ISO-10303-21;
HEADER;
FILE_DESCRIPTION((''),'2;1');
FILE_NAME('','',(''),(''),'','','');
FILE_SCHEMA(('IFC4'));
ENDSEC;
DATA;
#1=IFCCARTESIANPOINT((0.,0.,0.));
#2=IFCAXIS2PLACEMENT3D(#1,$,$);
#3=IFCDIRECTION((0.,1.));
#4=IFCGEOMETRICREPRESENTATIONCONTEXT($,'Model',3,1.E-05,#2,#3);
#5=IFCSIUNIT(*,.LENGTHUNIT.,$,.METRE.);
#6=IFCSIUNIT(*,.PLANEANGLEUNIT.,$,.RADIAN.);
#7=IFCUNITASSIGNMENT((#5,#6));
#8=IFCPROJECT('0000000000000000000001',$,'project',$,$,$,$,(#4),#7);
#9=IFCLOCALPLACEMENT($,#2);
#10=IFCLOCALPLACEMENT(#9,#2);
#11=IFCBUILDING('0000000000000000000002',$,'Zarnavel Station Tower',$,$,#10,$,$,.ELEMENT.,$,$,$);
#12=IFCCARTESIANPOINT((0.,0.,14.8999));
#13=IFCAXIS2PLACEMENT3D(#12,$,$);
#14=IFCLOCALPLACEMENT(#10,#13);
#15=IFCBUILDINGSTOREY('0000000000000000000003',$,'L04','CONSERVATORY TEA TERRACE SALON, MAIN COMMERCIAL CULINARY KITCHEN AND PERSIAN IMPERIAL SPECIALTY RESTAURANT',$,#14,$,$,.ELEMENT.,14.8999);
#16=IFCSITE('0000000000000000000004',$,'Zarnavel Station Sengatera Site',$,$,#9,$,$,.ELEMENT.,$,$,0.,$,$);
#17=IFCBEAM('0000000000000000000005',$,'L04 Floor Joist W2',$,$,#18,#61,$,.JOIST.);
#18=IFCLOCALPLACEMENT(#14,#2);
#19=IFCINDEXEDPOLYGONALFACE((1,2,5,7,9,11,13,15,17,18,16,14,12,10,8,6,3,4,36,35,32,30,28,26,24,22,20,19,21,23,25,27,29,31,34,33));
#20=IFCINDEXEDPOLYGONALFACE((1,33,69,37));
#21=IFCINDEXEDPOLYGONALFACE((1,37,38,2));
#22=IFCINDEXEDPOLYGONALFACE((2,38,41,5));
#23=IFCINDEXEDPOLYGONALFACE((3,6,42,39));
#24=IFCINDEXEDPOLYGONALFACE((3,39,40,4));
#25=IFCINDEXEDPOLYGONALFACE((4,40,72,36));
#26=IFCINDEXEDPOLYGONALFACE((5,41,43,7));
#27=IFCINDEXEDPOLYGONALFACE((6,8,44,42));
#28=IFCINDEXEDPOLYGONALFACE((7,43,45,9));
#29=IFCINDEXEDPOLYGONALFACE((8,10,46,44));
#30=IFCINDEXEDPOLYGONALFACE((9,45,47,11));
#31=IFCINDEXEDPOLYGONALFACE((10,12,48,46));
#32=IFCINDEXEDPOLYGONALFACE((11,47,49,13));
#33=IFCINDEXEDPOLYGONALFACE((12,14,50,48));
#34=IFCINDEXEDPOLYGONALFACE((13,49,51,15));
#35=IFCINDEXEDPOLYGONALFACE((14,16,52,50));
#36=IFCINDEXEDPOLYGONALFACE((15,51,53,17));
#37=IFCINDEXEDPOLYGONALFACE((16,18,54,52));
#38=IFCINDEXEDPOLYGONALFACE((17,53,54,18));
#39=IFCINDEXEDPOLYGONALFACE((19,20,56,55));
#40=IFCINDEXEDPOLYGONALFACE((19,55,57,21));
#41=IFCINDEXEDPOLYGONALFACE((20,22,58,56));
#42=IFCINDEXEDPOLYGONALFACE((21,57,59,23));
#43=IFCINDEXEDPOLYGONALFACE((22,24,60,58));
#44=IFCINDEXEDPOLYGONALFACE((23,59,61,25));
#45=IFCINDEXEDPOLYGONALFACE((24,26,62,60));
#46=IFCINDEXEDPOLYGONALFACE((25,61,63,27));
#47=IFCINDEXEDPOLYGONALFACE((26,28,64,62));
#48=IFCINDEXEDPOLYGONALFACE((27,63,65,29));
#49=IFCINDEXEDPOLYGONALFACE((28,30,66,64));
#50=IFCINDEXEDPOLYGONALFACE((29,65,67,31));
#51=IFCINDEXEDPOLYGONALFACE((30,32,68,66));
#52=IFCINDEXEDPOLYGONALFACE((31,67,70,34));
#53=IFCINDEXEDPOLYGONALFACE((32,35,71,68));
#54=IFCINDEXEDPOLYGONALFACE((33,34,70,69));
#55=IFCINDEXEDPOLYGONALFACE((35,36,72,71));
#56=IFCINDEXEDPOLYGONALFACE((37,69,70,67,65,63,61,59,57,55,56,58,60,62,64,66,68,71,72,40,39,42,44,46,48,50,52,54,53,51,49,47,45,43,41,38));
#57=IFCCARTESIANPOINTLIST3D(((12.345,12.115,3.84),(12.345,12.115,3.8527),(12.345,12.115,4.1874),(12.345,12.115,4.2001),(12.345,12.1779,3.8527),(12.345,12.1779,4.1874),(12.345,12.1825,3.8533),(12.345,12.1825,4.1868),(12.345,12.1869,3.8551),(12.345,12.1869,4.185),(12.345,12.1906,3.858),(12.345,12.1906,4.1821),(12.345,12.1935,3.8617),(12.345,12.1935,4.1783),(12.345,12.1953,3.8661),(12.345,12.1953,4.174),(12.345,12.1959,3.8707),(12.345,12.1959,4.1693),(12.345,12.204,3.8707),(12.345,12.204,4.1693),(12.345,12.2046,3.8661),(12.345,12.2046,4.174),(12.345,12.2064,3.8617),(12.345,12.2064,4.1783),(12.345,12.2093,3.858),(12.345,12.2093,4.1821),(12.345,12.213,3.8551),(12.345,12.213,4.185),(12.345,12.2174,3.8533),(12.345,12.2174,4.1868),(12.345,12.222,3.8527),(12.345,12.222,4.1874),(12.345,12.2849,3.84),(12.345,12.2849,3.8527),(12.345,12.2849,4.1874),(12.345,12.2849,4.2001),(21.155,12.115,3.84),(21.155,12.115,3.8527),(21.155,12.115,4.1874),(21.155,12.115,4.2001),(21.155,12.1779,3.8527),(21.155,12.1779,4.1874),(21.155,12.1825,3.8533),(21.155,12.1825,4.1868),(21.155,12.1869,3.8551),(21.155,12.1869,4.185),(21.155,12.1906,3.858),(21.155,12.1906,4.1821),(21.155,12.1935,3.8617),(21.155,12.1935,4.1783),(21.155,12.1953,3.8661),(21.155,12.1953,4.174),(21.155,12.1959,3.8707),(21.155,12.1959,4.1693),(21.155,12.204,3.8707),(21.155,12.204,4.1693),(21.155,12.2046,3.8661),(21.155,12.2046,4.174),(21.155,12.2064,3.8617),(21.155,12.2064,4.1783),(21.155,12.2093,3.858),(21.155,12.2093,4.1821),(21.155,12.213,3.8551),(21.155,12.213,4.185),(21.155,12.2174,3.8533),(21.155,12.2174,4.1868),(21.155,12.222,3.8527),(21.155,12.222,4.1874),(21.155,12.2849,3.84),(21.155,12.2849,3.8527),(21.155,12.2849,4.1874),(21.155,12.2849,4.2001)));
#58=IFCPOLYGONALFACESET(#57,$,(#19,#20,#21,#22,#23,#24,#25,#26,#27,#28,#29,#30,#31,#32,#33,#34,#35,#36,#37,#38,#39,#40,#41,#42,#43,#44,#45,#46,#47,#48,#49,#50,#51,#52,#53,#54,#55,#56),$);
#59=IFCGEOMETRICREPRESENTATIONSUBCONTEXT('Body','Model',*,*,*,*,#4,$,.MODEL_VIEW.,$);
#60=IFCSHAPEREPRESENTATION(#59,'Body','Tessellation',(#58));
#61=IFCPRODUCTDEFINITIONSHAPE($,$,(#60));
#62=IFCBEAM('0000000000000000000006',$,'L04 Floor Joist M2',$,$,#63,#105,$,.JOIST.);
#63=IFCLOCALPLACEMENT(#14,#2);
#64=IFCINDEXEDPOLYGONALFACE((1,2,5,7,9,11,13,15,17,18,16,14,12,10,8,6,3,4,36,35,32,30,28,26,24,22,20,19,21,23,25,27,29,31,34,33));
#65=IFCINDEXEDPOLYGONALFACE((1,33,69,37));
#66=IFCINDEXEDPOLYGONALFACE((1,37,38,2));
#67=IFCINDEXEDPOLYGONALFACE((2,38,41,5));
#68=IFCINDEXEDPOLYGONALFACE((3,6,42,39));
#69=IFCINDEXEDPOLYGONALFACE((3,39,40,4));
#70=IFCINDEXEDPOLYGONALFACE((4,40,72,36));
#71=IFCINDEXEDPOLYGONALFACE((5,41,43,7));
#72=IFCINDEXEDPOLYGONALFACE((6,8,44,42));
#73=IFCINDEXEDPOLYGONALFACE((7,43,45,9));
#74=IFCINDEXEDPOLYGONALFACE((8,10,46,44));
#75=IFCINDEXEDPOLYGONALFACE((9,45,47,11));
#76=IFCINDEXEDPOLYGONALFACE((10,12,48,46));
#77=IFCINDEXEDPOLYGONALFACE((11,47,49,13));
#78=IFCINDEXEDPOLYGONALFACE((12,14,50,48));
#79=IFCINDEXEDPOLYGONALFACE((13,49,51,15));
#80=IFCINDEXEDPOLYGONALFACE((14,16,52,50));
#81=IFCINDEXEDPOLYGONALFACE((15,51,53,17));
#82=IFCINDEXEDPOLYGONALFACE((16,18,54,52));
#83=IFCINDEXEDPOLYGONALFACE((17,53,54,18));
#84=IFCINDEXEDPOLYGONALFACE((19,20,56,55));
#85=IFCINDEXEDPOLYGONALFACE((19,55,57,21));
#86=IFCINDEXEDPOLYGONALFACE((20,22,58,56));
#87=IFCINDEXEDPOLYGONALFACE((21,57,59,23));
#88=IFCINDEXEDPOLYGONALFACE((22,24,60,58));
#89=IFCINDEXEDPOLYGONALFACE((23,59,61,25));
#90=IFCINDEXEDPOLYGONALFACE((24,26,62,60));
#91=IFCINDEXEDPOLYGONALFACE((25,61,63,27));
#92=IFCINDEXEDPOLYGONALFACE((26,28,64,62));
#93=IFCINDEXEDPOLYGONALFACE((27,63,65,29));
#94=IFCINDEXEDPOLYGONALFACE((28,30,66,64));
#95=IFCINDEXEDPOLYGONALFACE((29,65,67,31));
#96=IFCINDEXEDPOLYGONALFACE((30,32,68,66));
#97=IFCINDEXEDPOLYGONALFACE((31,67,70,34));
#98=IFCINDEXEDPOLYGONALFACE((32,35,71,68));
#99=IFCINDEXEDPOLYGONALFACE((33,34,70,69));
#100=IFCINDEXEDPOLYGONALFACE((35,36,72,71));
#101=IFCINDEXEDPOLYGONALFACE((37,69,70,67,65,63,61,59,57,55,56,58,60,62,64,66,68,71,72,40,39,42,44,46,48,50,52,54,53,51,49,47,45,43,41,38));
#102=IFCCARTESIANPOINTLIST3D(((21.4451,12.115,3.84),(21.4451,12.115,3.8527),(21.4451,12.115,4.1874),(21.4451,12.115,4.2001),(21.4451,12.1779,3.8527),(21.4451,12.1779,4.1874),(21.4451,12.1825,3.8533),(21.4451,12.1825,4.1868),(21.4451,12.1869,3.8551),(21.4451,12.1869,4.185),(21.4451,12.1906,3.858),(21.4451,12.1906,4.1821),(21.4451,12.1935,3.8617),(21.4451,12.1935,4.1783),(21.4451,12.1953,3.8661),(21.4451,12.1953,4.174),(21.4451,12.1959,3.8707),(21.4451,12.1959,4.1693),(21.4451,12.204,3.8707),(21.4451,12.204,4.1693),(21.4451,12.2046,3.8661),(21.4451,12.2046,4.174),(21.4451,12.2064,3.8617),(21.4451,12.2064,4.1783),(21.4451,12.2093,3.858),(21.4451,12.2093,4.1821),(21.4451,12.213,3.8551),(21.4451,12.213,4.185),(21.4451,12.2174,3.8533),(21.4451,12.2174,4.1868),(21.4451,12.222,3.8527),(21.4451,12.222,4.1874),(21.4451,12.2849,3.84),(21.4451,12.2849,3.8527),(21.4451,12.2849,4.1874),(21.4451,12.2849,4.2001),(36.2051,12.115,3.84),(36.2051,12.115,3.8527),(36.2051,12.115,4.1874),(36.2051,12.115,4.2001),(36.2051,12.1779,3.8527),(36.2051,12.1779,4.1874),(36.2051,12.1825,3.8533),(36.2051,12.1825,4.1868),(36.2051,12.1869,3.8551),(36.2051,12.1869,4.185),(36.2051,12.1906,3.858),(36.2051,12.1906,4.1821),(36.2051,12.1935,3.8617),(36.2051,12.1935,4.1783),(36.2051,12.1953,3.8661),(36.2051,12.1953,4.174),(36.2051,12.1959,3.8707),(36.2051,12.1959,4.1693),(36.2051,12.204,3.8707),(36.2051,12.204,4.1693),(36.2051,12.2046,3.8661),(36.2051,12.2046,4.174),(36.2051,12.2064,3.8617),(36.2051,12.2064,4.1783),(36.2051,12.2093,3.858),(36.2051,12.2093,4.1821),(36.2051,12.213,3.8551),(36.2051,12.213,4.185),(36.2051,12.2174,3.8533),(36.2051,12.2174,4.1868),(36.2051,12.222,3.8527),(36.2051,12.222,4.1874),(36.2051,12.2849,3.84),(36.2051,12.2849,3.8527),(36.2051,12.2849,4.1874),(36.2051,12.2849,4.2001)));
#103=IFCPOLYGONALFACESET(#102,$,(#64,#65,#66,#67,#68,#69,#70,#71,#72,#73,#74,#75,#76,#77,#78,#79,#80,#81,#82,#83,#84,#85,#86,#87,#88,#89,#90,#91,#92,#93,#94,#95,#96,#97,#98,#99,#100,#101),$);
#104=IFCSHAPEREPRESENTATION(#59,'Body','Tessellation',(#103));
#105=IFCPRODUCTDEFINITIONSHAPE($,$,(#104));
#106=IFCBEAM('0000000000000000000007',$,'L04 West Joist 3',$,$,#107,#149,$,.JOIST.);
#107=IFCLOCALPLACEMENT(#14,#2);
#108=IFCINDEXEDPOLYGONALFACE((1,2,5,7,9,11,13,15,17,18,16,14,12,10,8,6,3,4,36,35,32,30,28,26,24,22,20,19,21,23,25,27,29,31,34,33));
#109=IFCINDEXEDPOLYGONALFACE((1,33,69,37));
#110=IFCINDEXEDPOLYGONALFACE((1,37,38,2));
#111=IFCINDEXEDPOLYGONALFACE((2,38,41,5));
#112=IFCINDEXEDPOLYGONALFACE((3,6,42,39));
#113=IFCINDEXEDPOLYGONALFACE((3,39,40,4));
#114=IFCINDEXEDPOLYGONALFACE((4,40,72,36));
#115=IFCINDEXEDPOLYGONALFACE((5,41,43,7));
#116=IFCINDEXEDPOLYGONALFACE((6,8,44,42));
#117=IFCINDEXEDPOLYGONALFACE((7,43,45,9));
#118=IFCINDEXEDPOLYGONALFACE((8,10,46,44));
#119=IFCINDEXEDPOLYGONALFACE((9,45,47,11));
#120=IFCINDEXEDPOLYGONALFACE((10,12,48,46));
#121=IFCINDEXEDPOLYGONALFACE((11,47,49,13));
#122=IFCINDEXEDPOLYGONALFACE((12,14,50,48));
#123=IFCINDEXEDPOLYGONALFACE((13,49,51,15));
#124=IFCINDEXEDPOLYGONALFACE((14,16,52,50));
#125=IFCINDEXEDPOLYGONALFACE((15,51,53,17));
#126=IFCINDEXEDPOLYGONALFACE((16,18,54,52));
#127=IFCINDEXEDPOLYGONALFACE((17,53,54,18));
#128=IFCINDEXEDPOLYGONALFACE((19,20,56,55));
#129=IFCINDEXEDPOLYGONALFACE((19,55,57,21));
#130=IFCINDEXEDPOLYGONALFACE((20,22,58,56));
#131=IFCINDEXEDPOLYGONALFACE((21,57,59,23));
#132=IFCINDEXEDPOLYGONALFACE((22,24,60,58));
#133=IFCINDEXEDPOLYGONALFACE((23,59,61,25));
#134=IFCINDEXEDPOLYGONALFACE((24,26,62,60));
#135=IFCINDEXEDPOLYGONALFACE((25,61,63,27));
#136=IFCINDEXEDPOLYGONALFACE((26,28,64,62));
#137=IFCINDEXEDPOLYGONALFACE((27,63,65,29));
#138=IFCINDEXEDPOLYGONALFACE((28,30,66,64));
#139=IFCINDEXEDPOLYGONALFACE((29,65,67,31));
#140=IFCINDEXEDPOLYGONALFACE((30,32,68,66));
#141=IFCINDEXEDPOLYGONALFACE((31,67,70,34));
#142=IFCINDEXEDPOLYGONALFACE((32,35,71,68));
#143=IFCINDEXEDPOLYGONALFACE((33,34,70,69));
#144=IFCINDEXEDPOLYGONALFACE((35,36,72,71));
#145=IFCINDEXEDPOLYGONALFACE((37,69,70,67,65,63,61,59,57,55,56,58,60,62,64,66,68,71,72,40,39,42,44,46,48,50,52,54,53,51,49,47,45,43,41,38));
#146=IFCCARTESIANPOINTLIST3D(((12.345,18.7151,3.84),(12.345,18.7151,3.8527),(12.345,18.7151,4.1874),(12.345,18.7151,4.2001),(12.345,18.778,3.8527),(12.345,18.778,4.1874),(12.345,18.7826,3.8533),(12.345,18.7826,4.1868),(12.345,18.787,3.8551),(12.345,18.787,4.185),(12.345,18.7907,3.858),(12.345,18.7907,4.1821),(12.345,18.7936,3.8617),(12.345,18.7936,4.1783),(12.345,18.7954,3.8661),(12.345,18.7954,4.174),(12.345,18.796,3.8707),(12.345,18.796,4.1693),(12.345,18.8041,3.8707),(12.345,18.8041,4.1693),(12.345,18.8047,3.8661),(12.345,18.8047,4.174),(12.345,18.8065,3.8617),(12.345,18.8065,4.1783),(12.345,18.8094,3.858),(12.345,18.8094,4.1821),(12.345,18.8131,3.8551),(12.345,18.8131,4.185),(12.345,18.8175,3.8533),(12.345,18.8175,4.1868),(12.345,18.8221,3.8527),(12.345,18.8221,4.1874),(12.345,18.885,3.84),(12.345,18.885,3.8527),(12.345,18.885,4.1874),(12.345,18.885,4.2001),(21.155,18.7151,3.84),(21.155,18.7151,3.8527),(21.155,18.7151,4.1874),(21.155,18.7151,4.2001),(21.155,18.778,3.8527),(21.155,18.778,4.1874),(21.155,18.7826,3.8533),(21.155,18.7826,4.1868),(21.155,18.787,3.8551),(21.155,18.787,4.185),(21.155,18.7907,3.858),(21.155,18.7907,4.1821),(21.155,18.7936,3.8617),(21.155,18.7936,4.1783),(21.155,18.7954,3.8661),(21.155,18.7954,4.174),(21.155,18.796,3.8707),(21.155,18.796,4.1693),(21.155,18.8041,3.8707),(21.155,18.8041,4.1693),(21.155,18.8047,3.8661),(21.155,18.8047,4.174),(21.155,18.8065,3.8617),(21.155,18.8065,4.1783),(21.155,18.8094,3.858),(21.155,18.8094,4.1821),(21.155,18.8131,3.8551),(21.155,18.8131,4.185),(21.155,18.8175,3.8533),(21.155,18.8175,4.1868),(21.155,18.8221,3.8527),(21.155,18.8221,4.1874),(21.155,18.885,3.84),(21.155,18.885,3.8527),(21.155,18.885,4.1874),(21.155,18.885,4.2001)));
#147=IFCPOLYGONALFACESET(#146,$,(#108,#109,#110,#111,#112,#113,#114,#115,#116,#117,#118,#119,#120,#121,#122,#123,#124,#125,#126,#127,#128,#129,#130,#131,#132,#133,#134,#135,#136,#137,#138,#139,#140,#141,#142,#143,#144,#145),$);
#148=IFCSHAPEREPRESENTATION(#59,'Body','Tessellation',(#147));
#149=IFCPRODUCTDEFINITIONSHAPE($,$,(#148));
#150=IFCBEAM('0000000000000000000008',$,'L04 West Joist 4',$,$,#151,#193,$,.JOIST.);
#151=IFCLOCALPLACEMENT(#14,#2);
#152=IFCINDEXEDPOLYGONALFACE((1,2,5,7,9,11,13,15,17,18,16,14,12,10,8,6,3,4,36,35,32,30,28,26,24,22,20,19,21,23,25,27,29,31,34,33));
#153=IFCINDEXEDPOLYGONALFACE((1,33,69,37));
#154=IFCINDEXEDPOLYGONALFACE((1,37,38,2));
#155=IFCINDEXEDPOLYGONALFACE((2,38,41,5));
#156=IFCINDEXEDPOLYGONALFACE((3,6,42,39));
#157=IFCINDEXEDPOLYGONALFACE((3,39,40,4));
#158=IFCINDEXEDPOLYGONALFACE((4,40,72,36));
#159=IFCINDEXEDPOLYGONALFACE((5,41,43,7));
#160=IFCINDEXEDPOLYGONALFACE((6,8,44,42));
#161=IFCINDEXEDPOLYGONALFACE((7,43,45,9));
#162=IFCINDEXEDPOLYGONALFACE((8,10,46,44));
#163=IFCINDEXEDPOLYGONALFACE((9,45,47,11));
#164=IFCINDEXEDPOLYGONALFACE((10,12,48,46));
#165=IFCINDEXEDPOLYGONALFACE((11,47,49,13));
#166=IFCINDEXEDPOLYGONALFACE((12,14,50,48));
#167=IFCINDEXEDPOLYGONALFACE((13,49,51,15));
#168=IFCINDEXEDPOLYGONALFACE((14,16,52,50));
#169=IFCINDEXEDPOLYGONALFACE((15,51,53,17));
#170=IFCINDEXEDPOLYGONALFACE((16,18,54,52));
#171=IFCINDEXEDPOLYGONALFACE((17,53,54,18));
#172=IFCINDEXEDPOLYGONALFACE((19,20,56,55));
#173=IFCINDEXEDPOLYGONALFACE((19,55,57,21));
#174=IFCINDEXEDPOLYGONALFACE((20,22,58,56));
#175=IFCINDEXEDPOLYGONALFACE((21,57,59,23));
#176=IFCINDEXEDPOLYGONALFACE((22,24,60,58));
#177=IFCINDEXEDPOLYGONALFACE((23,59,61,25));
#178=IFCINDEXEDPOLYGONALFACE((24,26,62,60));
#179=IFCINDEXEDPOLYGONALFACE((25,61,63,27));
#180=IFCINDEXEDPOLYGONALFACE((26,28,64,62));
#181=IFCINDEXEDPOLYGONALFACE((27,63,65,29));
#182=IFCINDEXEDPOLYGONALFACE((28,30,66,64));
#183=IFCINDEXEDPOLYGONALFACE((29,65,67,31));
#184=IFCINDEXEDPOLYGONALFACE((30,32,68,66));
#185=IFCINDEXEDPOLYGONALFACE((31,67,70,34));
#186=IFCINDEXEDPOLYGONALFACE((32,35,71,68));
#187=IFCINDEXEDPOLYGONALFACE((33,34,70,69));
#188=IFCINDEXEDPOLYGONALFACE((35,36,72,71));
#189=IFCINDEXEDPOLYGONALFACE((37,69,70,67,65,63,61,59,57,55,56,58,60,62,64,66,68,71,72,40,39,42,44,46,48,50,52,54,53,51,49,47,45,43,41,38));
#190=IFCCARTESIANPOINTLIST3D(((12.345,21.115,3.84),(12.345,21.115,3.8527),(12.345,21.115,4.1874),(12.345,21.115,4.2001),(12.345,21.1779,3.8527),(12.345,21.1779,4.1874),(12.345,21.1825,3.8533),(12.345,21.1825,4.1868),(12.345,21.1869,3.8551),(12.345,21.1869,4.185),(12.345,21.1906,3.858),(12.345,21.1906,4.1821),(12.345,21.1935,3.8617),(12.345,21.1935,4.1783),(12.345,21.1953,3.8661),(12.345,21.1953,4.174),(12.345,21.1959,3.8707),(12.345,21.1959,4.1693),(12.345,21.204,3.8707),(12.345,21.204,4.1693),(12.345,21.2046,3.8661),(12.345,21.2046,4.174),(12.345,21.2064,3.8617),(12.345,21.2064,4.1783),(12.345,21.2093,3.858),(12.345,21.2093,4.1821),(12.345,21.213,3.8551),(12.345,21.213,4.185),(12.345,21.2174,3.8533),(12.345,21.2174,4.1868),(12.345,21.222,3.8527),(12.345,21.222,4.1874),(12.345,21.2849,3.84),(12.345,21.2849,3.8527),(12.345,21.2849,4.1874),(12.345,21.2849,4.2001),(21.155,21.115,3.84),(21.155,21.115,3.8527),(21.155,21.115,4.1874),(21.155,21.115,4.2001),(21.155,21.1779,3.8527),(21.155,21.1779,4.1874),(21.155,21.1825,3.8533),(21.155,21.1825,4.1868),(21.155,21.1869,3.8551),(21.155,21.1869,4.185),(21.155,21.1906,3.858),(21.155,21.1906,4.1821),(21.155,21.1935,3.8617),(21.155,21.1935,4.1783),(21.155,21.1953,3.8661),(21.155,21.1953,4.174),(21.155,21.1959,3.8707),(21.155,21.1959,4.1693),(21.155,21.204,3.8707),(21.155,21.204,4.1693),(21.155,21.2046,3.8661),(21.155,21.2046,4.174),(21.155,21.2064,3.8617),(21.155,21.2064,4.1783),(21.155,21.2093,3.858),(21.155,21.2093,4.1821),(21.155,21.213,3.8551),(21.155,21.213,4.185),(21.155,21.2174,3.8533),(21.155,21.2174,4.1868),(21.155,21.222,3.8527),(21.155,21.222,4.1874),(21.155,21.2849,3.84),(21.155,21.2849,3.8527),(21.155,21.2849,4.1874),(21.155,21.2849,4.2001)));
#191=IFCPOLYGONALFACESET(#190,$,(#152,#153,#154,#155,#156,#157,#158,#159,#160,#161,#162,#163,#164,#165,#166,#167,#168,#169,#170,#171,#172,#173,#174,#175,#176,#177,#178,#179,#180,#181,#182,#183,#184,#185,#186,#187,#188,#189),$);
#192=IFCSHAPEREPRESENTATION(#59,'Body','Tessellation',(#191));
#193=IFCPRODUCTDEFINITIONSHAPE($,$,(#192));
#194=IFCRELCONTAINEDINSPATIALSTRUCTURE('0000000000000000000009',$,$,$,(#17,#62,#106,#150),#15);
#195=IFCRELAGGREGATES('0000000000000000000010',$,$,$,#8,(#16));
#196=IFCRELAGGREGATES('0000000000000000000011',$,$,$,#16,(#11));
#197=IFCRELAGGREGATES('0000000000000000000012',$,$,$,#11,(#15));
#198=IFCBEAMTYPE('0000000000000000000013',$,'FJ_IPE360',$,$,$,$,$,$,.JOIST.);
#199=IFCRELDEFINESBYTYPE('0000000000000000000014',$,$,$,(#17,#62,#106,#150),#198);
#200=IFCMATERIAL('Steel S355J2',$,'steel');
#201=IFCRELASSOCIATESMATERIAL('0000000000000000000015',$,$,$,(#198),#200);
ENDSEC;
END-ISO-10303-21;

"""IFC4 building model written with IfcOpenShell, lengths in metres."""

from ifc_helpers import new_model, si_unit, direction, frame, origin, origin_2d, place, context, subcontext, project, spatial, i_section, extrude, material, material_profile, profile_set, type_object, element, save


model = new_model("IFC4")

# Units and contexts
model_context = context("Model", 3, precision=1e-05, world=origin(), true_north=direction((0.0, 1.0)))
body_context = subcontext(model_context, "Body", "Model", "MODEL_VIEW")
ifc_project = project(units=[si_unit("LENGTHUNIT", "METRE"), si_unit("PLANEANGLEUNIT", "RADIAN")], contexts=[model_context])

# Site, building, storey
site_placement = place(None, origin())
site = spatial("IfcSite", under=ifc_project, at=site_placement, Name="Zarnavel Station Sengatera Site", CompositionType="ELEMENT", RefElevation=0.0)
building_placement = place(site_placement, origin())
building = spatial("IfcBuilding", under=site, at=building_placement, Name="Zarnavel Station Tower", CompositionType="ELEMENT")
storey_placement = place(building_placement, frame((0.0, 0.0, 14.8999)))
storey = spatial("IfcBuildingStorey", under=building, at=storey_placement, Name="L04", Description="CONSERVATORY TEA TERRACE SALON, MAIN COMMERCIAL CULINARY KITCHEN AND PERSIAN IMPERIAL SPECIALTY RESTAURANT", CompositionType="ELEMENT", Elevation=14.8999)

# Beams
ifc_material_1 = material(Name="Steel S355J2", Category="steel")
ifc_material_profile_1 = material_profile(ifc_material_1, i_section(OverallWidth=0.1699, OverallDepth=0.3601, WebThickness=0.0081, FlangeThickness=0.0127, FilletRadius=0.0181, at=origin_2d()), Name="IPE360")
ifc_profile_set_1 = profile_set([ifc_material_profile_1], Name="Steel S355J2")
beam_type_1 = type_object("IfcBeamType", Name="FJ_IPE360", PredefinedType="JOIST", material=ifc_profile_set_1)
beam_1_placement = place(storey_placement, frame((12.345, 12.2, 4.02), z_axis=(1.0, 0.0, 0.0), x_axis=(0.0, 1.0, 0.0)))
element("IfcBeam", 1, at=beam_1_placement, inside=storey, type_object=beam_type_1, Name="L04 Floor Joist W2", PredefinedType="JOIST", context=body_context, shape_type="SweptSolid", body=[
    extrude(i_section(OverallWidth=0.1699, OverallDepth=0.3601, WebThickness=0.0081, FlangeThickness=0.0127, FilletRadius=0.0181, at=origin_2d()), origin(), (0.0, 0.0, 1.0), 8.8101),
])
beam_2_placement = place(storey_placement, frame((21.4451, 12.2, 4.02), z_axis=(1.0, 0.0, 0.0), x_axis=(0.0, 1.0, 0.0)))
element("IfcBeam", 2, at=beam_2_placement, inside=storey, type_object=beam_type_1, Name="L04 Floor Joist M2", PredefinedType="JOIST", context=body_context, shape_type="SweptSolid", body=[
    extrude(i_section(OverallWidth=0.1699, OverallDepth=0.3601, WebThickness=0.0081, FlangeThickness=0.0127, FilletRadius=0.0181, at=origin_2d()), origin(), (0.0, 0.0, 1.0), 14.76),
])
for number, where, z_axis, x_axis, name in (
    (3, (12.345, 18.8, 4.02), (1.0, 0.0, 0.0), (0.0, 1.0, 0.0), "L04 West Joist 3"),
    (4, (12.345, 21.2, 4.02), (1.0, 0.0, 0.0), (0.0, 1.0, 0.0), "L04 West Joist 4"),
):
    element("IfcBeam", number, at=place(storey_placement, frame(where, z_axis=z_axis, x_axis=x_axis)), inside=storey, type_object=beam_type_1, Name=name, PredefinedType="JOIST", context=body_context, shape_type="SweptSolid", body=[
        extrude(i_section(OverallWidth=0.1699, OverallDepth=0.3601, WebThickness=0.0081, FlangeThickness=0.0127, FilletRadius=0.0181, at=origin_2d()), origin(), (0.0, 0.0, 1.0), 8.8101),
    ])

save(model, "model.ifc")
